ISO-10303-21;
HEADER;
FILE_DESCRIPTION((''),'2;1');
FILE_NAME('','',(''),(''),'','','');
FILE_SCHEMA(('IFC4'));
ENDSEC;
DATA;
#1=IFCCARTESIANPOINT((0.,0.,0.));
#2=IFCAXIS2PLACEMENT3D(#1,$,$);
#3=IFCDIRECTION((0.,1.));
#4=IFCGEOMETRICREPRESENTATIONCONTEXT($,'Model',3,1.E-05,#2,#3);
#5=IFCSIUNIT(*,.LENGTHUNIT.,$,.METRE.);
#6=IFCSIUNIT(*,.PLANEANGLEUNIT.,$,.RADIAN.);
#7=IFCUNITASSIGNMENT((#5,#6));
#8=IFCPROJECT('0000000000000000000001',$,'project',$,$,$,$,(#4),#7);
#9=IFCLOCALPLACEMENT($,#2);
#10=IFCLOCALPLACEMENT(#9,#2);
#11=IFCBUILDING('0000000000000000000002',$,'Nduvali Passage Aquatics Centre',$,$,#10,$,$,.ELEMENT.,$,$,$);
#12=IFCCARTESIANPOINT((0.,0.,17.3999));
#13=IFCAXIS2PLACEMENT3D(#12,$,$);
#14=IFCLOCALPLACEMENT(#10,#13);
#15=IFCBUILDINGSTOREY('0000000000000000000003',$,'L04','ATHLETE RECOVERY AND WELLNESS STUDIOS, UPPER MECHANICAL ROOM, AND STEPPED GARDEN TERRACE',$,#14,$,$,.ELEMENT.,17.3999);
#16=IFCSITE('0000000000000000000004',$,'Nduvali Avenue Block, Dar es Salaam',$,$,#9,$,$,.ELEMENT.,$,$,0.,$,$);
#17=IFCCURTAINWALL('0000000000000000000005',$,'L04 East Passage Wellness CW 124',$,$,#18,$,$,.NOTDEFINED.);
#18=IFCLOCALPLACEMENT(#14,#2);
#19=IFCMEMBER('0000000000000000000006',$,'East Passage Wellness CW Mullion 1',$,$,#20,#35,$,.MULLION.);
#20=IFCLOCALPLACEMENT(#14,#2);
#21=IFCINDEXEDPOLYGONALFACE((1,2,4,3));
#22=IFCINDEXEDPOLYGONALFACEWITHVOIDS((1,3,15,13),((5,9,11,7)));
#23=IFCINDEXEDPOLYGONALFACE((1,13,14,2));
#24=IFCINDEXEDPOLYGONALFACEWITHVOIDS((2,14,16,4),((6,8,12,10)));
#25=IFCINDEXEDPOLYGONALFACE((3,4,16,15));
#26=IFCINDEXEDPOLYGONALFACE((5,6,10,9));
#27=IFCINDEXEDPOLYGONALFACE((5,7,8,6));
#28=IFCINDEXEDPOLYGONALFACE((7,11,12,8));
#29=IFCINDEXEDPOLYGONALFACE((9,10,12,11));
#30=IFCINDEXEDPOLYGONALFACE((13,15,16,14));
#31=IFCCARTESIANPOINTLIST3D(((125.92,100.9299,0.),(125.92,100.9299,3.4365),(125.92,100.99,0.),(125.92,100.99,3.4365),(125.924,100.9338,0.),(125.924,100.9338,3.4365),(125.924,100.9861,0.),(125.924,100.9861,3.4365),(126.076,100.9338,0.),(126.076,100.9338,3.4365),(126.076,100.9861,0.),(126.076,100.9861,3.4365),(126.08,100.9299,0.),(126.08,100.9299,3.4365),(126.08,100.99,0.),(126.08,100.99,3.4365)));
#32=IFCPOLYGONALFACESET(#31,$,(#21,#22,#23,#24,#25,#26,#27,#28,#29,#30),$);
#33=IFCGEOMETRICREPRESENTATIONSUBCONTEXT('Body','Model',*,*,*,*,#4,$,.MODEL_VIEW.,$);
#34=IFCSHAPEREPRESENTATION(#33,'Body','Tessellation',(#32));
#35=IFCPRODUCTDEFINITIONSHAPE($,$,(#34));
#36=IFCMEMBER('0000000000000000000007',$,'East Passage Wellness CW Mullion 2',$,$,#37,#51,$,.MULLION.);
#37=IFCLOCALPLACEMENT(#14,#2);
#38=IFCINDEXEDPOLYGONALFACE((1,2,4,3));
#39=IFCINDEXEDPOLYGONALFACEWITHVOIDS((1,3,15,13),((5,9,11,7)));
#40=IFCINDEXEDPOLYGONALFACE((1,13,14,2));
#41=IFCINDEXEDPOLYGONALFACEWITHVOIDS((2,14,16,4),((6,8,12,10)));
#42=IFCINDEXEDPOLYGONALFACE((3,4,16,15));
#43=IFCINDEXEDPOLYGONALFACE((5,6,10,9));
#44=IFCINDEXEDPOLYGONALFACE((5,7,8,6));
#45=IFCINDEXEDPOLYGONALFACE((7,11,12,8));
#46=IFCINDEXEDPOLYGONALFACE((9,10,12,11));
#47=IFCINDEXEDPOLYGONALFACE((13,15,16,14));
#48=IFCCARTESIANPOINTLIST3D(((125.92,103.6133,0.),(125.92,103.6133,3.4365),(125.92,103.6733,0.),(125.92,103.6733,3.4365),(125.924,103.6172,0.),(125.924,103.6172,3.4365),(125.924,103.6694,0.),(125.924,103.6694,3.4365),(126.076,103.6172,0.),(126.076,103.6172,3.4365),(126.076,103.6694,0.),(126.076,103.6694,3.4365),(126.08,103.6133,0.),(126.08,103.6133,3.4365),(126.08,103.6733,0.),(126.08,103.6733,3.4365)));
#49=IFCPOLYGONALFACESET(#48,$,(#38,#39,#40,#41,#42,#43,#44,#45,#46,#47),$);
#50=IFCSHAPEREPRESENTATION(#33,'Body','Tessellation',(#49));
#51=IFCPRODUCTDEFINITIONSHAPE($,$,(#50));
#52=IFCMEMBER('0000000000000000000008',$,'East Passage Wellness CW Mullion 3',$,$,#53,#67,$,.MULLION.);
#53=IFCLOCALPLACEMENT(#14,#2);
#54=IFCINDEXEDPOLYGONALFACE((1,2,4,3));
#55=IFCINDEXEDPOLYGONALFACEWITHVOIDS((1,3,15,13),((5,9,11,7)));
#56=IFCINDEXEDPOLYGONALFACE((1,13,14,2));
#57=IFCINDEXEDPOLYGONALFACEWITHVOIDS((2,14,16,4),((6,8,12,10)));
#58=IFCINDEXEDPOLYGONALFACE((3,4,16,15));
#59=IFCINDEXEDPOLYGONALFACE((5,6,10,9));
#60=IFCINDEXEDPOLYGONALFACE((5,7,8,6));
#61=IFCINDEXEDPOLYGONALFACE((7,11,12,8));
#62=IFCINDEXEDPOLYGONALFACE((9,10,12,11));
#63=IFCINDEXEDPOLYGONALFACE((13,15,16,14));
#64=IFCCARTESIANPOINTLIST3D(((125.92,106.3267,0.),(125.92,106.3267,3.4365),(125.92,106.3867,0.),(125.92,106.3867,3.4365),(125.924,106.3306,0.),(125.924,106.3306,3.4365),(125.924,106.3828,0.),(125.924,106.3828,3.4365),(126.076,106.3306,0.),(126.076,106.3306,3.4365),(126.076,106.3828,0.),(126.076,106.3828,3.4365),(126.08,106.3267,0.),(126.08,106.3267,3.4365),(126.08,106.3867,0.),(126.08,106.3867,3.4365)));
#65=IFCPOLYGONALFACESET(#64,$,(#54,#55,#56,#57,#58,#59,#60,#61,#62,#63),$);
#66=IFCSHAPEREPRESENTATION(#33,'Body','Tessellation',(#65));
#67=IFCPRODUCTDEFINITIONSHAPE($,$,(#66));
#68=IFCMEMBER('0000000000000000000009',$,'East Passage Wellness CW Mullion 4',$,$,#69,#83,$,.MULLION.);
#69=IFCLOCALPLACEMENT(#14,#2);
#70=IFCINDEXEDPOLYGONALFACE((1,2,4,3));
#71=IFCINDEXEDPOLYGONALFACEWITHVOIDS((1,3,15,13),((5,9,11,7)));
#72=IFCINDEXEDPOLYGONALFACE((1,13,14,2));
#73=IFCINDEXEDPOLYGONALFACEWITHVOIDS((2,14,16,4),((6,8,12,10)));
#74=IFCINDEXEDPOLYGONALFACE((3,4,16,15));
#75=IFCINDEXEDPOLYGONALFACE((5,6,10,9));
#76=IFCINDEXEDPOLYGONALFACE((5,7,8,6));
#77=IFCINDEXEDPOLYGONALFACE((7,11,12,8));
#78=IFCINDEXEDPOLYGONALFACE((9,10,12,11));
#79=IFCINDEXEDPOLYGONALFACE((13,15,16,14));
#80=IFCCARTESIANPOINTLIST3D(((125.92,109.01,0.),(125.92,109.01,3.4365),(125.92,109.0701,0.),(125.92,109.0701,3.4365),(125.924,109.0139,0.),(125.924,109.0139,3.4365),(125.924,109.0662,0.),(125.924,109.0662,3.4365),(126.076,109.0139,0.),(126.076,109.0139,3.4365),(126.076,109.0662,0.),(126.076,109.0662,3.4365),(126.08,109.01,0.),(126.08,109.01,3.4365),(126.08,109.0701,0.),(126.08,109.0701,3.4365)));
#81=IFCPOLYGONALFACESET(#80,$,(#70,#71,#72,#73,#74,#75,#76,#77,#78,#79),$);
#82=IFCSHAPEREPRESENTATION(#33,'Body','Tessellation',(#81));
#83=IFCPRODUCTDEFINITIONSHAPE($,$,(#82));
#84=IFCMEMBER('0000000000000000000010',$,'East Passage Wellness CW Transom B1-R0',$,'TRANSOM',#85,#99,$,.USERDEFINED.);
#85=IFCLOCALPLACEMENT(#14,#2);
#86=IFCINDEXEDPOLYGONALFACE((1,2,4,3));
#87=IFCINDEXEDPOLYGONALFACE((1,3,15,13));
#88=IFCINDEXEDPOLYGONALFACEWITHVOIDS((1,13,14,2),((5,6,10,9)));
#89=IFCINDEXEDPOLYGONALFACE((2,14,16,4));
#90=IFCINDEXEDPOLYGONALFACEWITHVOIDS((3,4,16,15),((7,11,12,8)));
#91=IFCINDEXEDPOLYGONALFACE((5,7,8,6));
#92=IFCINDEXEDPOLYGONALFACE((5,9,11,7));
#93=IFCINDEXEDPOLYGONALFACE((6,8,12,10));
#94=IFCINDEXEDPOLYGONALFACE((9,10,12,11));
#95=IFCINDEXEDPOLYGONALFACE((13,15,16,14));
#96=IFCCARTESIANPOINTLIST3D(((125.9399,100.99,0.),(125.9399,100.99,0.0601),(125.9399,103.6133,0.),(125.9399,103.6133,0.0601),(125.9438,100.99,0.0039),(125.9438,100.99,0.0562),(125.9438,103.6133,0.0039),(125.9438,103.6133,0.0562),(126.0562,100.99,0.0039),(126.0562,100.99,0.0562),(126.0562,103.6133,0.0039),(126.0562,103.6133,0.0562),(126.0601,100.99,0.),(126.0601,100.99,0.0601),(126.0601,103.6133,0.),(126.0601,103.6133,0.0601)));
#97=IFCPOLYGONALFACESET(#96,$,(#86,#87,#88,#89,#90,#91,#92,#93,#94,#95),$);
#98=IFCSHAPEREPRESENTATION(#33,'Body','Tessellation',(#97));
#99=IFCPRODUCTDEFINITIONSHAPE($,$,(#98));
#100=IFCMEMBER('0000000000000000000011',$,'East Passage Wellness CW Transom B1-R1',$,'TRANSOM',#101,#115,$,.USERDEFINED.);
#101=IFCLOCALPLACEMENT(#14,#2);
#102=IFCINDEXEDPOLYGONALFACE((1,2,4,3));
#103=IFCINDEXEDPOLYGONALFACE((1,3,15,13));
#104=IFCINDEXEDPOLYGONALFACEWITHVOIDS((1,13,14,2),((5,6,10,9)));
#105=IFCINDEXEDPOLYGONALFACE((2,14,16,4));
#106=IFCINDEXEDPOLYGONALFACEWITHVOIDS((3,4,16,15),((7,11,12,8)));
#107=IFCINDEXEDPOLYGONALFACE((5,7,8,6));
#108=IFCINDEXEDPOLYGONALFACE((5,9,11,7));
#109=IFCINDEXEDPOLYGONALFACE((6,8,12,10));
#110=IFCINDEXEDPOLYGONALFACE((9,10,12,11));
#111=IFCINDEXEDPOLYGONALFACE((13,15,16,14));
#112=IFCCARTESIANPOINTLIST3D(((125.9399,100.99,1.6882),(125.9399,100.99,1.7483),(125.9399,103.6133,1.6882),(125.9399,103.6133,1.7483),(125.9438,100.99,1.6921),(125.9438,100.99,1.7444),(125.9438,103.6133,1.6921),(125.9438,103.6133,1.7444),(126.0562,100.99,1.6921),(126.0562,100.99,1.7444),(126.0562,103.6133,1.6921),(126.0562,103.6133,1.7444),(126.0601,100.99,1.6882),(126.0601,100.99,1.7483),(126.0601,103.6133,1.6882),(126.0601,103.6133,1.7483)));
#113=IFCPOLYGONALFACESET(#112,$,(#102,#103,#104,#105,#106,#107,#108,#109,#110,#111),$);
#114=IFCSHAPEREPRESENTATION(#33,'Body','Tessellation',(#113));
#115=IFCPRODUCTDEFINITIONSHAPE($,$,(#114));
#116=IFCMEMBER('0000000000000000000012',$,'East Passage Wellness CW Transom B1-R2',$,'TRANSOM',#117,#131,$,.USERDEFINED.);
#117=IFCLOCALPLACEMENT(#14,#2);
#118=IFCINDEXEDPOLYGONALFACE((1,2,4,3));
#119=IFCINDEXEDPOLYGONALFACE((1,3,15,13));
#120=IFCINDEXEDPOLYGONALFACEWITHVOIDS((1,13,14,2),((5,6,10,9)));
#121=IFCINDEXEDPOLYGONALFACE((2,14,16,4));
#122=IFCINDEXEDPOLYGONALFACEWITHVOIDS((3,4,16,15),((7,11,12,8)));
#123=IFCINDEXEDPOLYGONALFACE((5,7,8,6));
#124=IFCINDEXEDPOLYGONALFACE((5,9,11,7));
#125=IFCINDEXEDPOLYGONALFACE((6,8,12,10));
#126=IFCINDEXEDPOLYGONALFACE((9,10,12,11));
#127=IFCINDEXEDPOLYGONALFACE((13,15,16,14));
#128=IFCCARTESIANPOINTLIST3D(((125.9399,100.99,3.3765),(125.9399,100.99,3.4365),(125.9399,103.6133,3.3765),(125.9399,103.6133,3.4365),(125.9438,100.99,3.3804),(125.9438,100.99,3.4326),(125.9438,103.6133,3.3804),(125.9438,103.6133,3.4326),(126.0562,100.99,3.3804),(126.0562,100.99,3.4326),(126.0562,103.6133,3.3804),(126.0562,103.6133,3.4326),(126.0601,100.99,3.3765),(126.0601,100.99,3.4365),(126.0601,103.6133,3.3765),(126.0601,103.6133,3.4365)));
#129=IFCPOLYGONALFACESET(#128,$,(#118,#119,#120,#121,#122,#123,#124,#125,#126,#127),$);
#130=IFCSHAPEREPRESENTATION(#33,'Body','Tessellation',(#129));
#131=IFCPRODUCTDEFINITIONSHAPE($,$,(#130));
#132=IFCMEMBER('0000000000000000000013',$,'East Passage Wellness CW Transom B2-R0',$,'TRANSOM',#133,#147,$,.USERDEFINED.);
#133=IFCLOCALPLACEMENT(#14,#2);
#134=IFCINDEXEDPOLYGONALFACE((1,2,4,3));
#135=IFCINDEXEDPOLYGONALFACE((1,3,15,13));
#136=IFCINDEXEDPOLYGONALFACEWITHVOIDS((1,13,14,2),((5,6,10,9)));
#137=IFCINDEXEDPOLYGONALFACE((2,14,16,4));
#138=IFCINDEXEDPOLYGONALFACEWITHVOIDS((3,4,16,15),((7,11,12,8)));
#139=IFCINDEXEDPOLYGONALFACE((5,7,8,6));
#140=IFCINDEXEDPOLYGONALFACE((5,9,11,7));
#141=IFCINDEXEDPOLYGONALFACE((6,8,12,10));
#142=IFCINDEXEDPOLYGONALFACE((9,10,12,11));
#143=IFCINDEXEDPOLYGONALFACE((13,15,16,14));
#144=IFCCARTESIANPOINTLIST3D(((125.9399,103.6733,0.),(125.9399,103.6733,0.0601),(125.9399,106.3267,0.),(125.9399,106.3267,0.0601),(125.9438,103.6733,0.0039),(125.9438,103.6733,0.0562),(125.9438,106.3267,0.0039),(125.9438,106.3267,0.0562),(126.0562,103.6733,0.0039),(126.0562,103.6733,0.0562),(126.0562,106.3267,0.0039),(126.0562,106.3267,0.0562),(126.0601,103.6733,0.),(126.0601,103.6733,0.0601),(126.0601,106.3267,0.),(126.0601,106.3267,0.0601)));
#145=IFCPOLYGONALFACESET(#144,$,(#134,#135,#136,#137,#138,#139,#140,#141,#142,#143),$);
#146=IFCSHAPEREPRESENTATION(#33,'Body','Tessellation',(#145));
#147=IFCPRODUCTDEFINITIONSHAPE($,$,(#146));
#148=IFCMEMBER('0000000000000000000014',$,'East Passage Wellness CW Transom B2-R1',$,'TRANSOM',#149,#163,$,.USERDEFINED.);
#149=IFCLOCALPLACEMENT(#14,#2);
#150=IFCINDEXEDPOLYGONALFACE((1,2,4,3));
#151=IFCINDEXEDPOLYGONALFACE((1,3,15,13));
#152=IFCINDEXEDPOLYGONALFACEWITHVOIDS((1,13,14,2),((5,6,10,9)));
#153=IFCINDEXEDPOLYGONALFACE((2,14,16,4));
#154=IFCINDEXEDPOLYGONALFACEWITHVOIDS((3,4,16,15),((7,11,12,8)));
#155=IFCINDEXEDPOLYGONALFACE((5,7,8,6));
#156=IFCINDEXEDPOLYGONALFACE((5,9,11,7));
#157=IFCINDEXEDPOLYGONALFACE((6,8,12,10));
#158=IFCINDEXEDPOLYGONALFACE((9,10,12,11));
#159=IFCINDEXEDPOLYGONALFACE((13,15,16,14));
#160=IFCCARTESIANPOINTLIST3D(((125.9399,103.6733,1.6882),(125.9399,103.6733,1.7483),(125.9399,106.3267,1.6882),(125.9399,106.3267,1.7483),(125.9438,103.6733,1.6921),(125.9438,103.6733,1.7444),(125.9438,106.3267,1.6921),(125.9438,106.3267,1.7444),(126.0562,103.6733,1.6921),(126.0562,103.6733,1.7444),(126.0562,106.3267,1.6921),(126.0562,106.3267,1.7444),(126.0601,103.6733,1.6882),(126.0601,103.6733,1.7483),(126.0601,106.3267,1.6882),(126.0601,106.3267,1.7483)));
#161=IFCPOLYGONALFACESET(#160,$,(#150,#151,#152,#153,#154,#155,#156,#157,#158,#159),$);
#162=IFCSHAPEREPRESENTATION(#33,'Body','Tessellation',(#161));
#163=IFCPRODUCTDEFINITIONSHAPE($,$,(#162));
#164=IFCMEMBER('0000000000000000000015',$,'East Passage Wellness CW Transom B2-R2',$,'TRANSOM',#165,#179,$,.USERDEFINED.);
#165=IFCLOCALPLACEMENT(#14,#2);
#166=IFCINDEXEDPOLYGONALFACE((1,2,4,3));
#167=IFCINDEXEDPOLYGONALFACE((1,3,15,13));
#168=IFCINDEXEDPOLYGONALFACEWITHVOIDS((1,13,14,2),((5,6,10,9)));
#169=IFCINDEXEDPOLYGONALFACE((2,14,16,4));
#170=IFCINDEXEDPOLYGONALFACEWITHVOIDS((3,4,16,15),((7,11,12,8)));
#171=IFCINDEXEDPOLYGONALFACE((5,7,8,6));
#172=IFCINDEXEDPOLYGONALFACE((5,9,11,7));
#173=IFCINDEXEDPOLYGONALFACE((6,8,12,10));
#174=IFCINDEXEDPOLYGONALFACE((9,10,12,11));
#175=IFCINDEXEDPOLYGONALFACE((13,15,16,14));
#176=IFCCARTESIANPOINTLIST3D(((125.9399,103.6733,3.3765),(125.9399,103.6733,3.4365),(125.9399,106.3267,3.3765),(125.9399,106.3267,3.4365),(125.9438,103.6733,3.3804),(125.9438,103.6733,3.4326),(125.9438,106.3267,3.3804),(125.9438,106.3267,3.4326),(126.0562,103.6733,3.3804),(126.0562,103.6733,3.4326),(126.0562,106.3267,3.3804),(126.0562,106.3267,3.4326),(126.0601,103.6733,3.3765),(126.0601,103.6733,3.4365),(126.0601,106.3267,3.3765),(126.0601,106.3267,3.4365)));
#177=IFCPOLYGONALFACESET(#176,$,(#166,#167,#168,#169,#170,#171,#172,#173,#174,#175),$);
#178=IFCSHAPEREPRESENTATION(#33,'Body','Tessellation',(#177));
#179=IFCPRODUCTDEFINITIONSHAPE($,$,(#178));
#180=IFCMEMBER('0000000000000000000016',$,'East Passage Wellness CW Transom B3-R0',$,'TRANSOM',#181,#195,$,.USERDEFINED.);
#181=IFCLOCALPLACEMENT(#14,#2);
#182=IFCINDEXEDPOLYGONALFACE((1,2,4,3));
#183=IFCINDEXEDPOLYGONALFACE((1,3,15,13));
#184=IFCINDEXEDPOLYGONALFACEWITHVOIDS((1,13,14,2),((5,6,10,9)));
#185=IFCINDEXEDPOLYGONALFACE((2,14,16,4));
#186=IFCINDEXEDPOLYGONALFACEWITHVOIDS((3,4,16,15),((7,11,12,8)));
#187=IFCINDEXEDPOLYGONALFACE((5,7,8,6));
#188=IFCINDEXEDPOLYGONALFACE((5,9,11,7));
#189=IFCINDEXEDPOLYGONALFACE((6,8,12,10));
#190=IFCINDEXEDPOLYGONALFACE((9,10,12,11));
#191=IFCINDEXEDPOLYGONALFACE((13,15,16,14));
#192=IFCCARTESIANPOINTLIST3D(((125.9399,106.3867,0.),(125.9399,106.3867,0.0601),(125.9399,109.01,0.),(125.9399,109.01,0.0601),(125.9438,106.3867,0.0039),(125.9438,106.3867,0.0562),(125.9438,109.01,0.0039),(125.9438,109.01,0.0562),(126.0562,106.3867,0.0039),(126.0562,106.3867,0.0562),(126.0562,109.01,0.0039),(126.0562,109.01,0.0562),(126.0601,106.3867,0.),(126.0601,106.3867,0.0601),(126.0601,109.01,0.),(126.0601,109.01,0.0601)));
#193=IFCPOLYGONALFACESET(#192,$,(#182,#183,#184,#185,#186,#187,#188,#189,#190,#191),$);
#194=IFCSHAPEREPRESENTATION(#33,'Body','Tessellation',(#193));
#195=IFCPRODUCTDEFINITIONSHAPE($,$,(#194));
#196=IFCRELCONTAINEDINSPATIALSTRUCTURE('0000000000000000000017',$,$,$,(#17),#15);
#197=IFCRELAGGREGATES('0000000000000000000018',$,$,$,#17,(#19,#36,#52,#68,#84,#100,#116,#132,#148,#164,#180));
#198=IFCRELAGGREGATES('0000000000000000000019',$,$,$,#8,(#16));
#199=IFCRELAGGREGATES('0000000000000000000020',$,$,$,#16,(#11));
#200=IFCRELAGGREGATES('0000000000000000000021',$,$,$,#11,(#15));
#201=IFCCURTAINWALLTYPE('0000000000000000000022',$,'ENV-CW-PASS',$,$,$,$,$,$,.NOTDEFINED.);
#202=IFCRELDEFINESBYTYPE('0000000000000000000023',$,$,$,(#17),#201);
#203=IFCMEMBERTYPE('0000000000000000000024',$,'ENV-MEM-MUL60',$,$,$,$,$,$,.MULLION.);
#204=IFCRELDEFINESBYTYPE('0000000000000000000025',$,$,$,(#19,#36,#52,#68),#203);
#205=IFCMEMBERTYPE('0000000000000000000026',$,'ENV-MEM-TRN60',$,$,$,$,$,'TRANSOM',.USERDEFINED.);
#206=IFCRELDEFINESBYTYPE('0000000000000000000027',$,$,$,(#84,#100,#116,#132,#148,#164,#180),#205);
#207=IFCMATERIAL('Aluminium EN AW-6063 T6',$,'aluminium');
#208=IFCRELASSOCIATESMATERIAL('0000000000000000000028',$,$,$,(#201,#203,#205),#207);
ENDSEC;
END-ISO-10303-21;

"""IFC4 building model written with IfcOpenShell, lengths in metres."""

from ifc_helpers import new_model, si_unit, direction, frame, origin, origin_2d, place, context, subcontext, project, spatial, hollow_rectangle, extrude, material, material_profile, profile_set, type_object, element, aggregate, save


model = new_model("IFC4")

# Units and contexts
model_context = context("Model", 3, precision=1e-05, world=origin(), true_north=direction((0.0, 1.0)))
body_context = subcontext(model_context, "Body", "Model", "MODEL_VIEW")
ifc_project = project(units=[si_unit("LENGTHUNIT", "METRE"), si_unit("PLANEANGLEUNIT", "RADIAN")], contexts=[model_context])

# Site, building, storey
site_placement = place(None, origin())
site = spatial("IfcSite", under=ifc_project, at=site_placement, Name="Nduvali Avenue Block, Dar es Salaam", CompositionType="ELEMENT", RefElevation=0.0)
building_placement = place(site_placement, origin())
building = spatial("IfcBuilding", under=site, at=building_placement, Name="Nduvali Passage Aquatics Centre", CompositionType="ELEMENT")
storey_placement = place(building_placement, frame((0.0, 0.0, 17.3999)))
storey = spatial("IfcBuildingStorey", under=building, at=storey_placement, Name="L04", Description="ATHLETE RECOVERY AND WELLNESS STUDIOS, UPPER MECHANICAL ROOM, AND STEPPED GARDEN TERRACE", CompositionType="ELEMENT", Elevation=17.3999)

# Curtain wall, members
ifc_material_1 = material(Name="Aluminium EN AW-6063 T6", Category="aluminium")
curtain_wall_type = type_object("IfcCurtainWallType", Name="ENV-CW-PASS", PredefinedType="NOTDEFINED", material=ifc_material_1)
curtain_wall_placement = place(storey_placement, origin())
curtain_wall = element("IfcCurtainWall", 1, at=curtain_wall_placement, inside=storey, type_object=curtain_wall_type, Name="L04 East Passage Wellness CW 124", PredefinedType="NOTDEFINED")
ifc_material_profile_1 = material_profile(ifc_material_1, hollow_rectangle(XDim=0.0601, YDim=0.1599, WallThickness=0.0039, at=origin_2d()), Name="ALU MULLION 60x160x4")
ifc_profile_set_1 = profile_set([ifc_material_profile_1], Name="Aluminium EN AW-6063 T6")
member_type_1 = type_object("IfcMemberType", Name="ENV-MEM-MUL60", PredefinedType="MULLION", material=ifc_profile_set_1)
member_1_placement = place(storey_placement, frame((126.0, 100.96, 0.0), z_axis=(0.0, 0.0, 1.0), x_axis=(0.0, 1.0, 0.0)))
member_1 = element("IfcMember", 2, at=member_1_placement, type_object=member_type_1, Name="East Passage Wellness CW Mullion 1", PredefinedType="MULLION", context=body_context, shape_type="SweptSolid", body=[
    extrude(hollow_rectangle(XDim=0.0601, YDim=0.1599, WallThickness=0.0039, at=origin_2d()), origin(), (0.0, 0.0, 1.0), 3.4365),
])
member_2_placement = place(storey_placement, frame((126.0, 103.6433, 0.0), z_axis=(0.0, 0.0, 1.0), x_axis=(0.0, 1.0, 0.0)))
member_2 = element("IfcMember", 3, at=member_2_placement, type_object=member_type_1, Name="East Passage Wellness CW Mullion 2", PredefinedType="MULLION", context=body_context, shape_type="SweptSolid", body=[
    extrude(hollow_rectangle(XDim=0.0601, YDim=0.1599, WallThickness=0.0039, at=origin_2d()), origin(), (0.0, 0.0, 1.0), 3.4365),
])
member_3_placement = place(storey_placement, frame((126.0, 106.3567, 0.0), z_axis=(0.0, 0.0, 1.0), x_axis=(0.0, 1.0, 0.0)))
member_3 = element("IfcMember", 4, at=member_3_placement, type_object=member_type_1, Name="East Passage Wellness CW Mullion 3", PredefinedType="MULLION", context=body_context, shape_type="SweptSolid", body=[
    extrude(hollow_rectangle(XDim=0.0601, YDim=0.1599, WallThickness=0.0039, at=origin_2d()), origin(), (0.0, 0.0, 1.0), 3.4365),
])
member_4_placement = place(storey_placement, frame((126.0, 109.04, 0.0), z_axis=(0.0, 0.0, 1.0), x_axis=(0.0, 1.0, 0.0)))
member_4 = element("IfcMember", 5, at=member_4_placement, type_object=member_type_1, Name="East Passage Wellness CW Mullion 4", PredefinedType="MULLION", context=body_context, shape_type="SweptSolid", body=[
    extrude(hollow_rectangle(XDim=0.0601, YDim=0.1599, WallThickness=0.0039, at=origin_2d()), origin(), (0.0, 0.0, 1.0), 3.4365),
])
ifc_material_profile_2 = material_profile(ifc_material_1, hollow_rectangle(XDim=0.1201, YDim=0.0601, WallThickness=0.0039, at=origin_2d()), Name="ALU TRANSOM 120x60x4")
ifc_profile_set_2 = profile_set([ifc_material_profile_2], Name="Aluminium EN AW-6063 T6")
member_type_2 = type_object("IfcMemberType", Name="ENV-MEM-TRN60", ElementType="TRANSOM", PredefinedType="USERDEFINED", material=ifc_profile_set_2)
member_5_placement = place(storey_placement, frame((126.0, 100.99, 0.03), z_axis=(0.0, 1.0, 0.0), x_axis=(-1.0, 0.0, 0.0)))
member_5 = element("IfcMember", 6, at=member_5_placement, type_object=member_type_2, Name="East Passage Wellness CW Transom B1-R0", ObjectType="TRANSOM", PredefinedType="USERDEFINED", context=body_context, shape_type="SweptSolid", body=[
    extrude(hollow_rectangle(XDim=0.1201, YDim=0.0601, WallThickness=0.0039, at=origin_2d()), origin(), (0.0, 0.0, 1.0), 2.6233),
])
member_6_placement = place(storey_placement, frame((126.0, 100.99, 1.7183), z_axis=(0.0, 1.0, 0.0), x_axis=(-1.0, 0.0, 0.0)))
member_6 = element("IfcMember", 7, at=member_6_placement, type_object=member_type_2, Name="East Passage Wellness CW Transom B1-R1", ObjectType="TRANSOM", PredefinedType="USERDEFINED", context=body_context, shape_type="SweptSolid", body=[
    extrude(hollow_rectangle(XDim=0.1201, YDim=0.0601, WallThickness=0.0039, at=origin_2d()), origin(), (0.0, 0.0, 1.0), 2.6233),
])
member_7_placement = place(storey_placement, frame((126.0, 100.99, 3.4065), z_axis=(0.0, 1.0, 0.0), x_axis=(-1.0, 0.0, 0.0)))
member_7 = element("IfcMember", 8, at=member_7_placement, type_object=member_type_2, Name="East Passage Wellness CW Transom B1-R2", ObjectType="TRANSOM", PredefinedType="USERDEFINED", context=body_context, shape_type="SweptSolid", body=[
    extrude(hollow_rectangle(XDim=0.1201, YDim=0.0601, WallThickness=0.0039, at=origin_2d()), origin(), (0.0, 0.0, 1.0), 2.6233),
])
member_8_placement = place(storey_placement, frame((126.0, 103.6733, 0.03), z_axis=(0.0, 1.0, 0.0), x_axis=(-1.0, 0.0, 0.0)))
member_8 = element("IfcMember", 9, at=member_8_placement, type_object=member_type_2, Name="East Passage Wellness CW Transom B2-R0", ObjectType="TRANSOM", PredefinedType="USERDEFINED", context=body_context, shape_type="SweptSolid", body=[
    extrude(hollow_rectangle(XDim=0.1201, YDim=0.0601, WallThickness=0.0039, at=origin_2d()), origin(), (0.0, 0.0, 1.0), 2.6533),
])
member_9_placement = place(storey_placement, frame((126.0, 103.6733, 1.7183), z_axis=(0.0, 1.0, 0.0), x_axis=(-1.0, 0.0, 0.0)))
member_9 = element("IfcMember", 10, at=member_9_placement, type_object=member_type_2, Name="East Passage Wellness CW Transom B2-R1", ObjectType="TRANSOM", PredefinedType="USERDEFINED", context=body_context, shape_type="SweptSolid", body=[
    extrude(hollow_rectangle(XDim=0.1201, YDim=0.0601, WallThickness=0.0039, at=origin_2d()), origin(), (0.0, 0.0, 1.0), 2.6533),
])
member_10_placement = place(storey_placement, frame((126.0, 103.6733, 3.4065), z_axis=(0.0, 1.0, 0.0), x_axis=(-1.0, 0.0, 0.0)))
member_10 = element("IfcMember", 11, at=member_10_placement, type_object=member_type_2, Name="East Passage Wellness CW Transom B2-R2", ObjectType="TRANSOM", PredefinedType="USERDEFINED", context=body_context, shape_type="SweptSolid", body=[
    extrude(hollow_rectangle(XDim=0.1201, YDim=0.0601, WallThickness=0.0039, at=origin_2d()), origin(), (0.0, 0.0, 1.0), 2.6533),
])
member_11_placement = place(storey_placement, frame((126.0, 106.3867, 0.03), z_axis=(0.0, 1.0, 0.0), x_axis=(-1.0, 0.0, 0.0)))
member_11 = element("IfcMember", 12, at=member_11_placement, type_object=member_type_2, Name="East Passage Wellness CW Transom B3-R0", ObjectType="TRANSOM", PredefinedType="USERDEFINED", context=body_context, shape_type="SweptSolid", body=[
    extrude(hollow_rectangle(XDim=0.1201, YDim=0.0601, WallThickness=0.0039, at=origin_2d()), origin(), (0.0, 0.0, 1.0), 2.6233),
])
aggregate(curtain_wall, [member_1, member_2, member_3, member_4, member_5, member_6, member_7, member_8, member_9, member_10, member_11])

save(model, "model.ifc")
